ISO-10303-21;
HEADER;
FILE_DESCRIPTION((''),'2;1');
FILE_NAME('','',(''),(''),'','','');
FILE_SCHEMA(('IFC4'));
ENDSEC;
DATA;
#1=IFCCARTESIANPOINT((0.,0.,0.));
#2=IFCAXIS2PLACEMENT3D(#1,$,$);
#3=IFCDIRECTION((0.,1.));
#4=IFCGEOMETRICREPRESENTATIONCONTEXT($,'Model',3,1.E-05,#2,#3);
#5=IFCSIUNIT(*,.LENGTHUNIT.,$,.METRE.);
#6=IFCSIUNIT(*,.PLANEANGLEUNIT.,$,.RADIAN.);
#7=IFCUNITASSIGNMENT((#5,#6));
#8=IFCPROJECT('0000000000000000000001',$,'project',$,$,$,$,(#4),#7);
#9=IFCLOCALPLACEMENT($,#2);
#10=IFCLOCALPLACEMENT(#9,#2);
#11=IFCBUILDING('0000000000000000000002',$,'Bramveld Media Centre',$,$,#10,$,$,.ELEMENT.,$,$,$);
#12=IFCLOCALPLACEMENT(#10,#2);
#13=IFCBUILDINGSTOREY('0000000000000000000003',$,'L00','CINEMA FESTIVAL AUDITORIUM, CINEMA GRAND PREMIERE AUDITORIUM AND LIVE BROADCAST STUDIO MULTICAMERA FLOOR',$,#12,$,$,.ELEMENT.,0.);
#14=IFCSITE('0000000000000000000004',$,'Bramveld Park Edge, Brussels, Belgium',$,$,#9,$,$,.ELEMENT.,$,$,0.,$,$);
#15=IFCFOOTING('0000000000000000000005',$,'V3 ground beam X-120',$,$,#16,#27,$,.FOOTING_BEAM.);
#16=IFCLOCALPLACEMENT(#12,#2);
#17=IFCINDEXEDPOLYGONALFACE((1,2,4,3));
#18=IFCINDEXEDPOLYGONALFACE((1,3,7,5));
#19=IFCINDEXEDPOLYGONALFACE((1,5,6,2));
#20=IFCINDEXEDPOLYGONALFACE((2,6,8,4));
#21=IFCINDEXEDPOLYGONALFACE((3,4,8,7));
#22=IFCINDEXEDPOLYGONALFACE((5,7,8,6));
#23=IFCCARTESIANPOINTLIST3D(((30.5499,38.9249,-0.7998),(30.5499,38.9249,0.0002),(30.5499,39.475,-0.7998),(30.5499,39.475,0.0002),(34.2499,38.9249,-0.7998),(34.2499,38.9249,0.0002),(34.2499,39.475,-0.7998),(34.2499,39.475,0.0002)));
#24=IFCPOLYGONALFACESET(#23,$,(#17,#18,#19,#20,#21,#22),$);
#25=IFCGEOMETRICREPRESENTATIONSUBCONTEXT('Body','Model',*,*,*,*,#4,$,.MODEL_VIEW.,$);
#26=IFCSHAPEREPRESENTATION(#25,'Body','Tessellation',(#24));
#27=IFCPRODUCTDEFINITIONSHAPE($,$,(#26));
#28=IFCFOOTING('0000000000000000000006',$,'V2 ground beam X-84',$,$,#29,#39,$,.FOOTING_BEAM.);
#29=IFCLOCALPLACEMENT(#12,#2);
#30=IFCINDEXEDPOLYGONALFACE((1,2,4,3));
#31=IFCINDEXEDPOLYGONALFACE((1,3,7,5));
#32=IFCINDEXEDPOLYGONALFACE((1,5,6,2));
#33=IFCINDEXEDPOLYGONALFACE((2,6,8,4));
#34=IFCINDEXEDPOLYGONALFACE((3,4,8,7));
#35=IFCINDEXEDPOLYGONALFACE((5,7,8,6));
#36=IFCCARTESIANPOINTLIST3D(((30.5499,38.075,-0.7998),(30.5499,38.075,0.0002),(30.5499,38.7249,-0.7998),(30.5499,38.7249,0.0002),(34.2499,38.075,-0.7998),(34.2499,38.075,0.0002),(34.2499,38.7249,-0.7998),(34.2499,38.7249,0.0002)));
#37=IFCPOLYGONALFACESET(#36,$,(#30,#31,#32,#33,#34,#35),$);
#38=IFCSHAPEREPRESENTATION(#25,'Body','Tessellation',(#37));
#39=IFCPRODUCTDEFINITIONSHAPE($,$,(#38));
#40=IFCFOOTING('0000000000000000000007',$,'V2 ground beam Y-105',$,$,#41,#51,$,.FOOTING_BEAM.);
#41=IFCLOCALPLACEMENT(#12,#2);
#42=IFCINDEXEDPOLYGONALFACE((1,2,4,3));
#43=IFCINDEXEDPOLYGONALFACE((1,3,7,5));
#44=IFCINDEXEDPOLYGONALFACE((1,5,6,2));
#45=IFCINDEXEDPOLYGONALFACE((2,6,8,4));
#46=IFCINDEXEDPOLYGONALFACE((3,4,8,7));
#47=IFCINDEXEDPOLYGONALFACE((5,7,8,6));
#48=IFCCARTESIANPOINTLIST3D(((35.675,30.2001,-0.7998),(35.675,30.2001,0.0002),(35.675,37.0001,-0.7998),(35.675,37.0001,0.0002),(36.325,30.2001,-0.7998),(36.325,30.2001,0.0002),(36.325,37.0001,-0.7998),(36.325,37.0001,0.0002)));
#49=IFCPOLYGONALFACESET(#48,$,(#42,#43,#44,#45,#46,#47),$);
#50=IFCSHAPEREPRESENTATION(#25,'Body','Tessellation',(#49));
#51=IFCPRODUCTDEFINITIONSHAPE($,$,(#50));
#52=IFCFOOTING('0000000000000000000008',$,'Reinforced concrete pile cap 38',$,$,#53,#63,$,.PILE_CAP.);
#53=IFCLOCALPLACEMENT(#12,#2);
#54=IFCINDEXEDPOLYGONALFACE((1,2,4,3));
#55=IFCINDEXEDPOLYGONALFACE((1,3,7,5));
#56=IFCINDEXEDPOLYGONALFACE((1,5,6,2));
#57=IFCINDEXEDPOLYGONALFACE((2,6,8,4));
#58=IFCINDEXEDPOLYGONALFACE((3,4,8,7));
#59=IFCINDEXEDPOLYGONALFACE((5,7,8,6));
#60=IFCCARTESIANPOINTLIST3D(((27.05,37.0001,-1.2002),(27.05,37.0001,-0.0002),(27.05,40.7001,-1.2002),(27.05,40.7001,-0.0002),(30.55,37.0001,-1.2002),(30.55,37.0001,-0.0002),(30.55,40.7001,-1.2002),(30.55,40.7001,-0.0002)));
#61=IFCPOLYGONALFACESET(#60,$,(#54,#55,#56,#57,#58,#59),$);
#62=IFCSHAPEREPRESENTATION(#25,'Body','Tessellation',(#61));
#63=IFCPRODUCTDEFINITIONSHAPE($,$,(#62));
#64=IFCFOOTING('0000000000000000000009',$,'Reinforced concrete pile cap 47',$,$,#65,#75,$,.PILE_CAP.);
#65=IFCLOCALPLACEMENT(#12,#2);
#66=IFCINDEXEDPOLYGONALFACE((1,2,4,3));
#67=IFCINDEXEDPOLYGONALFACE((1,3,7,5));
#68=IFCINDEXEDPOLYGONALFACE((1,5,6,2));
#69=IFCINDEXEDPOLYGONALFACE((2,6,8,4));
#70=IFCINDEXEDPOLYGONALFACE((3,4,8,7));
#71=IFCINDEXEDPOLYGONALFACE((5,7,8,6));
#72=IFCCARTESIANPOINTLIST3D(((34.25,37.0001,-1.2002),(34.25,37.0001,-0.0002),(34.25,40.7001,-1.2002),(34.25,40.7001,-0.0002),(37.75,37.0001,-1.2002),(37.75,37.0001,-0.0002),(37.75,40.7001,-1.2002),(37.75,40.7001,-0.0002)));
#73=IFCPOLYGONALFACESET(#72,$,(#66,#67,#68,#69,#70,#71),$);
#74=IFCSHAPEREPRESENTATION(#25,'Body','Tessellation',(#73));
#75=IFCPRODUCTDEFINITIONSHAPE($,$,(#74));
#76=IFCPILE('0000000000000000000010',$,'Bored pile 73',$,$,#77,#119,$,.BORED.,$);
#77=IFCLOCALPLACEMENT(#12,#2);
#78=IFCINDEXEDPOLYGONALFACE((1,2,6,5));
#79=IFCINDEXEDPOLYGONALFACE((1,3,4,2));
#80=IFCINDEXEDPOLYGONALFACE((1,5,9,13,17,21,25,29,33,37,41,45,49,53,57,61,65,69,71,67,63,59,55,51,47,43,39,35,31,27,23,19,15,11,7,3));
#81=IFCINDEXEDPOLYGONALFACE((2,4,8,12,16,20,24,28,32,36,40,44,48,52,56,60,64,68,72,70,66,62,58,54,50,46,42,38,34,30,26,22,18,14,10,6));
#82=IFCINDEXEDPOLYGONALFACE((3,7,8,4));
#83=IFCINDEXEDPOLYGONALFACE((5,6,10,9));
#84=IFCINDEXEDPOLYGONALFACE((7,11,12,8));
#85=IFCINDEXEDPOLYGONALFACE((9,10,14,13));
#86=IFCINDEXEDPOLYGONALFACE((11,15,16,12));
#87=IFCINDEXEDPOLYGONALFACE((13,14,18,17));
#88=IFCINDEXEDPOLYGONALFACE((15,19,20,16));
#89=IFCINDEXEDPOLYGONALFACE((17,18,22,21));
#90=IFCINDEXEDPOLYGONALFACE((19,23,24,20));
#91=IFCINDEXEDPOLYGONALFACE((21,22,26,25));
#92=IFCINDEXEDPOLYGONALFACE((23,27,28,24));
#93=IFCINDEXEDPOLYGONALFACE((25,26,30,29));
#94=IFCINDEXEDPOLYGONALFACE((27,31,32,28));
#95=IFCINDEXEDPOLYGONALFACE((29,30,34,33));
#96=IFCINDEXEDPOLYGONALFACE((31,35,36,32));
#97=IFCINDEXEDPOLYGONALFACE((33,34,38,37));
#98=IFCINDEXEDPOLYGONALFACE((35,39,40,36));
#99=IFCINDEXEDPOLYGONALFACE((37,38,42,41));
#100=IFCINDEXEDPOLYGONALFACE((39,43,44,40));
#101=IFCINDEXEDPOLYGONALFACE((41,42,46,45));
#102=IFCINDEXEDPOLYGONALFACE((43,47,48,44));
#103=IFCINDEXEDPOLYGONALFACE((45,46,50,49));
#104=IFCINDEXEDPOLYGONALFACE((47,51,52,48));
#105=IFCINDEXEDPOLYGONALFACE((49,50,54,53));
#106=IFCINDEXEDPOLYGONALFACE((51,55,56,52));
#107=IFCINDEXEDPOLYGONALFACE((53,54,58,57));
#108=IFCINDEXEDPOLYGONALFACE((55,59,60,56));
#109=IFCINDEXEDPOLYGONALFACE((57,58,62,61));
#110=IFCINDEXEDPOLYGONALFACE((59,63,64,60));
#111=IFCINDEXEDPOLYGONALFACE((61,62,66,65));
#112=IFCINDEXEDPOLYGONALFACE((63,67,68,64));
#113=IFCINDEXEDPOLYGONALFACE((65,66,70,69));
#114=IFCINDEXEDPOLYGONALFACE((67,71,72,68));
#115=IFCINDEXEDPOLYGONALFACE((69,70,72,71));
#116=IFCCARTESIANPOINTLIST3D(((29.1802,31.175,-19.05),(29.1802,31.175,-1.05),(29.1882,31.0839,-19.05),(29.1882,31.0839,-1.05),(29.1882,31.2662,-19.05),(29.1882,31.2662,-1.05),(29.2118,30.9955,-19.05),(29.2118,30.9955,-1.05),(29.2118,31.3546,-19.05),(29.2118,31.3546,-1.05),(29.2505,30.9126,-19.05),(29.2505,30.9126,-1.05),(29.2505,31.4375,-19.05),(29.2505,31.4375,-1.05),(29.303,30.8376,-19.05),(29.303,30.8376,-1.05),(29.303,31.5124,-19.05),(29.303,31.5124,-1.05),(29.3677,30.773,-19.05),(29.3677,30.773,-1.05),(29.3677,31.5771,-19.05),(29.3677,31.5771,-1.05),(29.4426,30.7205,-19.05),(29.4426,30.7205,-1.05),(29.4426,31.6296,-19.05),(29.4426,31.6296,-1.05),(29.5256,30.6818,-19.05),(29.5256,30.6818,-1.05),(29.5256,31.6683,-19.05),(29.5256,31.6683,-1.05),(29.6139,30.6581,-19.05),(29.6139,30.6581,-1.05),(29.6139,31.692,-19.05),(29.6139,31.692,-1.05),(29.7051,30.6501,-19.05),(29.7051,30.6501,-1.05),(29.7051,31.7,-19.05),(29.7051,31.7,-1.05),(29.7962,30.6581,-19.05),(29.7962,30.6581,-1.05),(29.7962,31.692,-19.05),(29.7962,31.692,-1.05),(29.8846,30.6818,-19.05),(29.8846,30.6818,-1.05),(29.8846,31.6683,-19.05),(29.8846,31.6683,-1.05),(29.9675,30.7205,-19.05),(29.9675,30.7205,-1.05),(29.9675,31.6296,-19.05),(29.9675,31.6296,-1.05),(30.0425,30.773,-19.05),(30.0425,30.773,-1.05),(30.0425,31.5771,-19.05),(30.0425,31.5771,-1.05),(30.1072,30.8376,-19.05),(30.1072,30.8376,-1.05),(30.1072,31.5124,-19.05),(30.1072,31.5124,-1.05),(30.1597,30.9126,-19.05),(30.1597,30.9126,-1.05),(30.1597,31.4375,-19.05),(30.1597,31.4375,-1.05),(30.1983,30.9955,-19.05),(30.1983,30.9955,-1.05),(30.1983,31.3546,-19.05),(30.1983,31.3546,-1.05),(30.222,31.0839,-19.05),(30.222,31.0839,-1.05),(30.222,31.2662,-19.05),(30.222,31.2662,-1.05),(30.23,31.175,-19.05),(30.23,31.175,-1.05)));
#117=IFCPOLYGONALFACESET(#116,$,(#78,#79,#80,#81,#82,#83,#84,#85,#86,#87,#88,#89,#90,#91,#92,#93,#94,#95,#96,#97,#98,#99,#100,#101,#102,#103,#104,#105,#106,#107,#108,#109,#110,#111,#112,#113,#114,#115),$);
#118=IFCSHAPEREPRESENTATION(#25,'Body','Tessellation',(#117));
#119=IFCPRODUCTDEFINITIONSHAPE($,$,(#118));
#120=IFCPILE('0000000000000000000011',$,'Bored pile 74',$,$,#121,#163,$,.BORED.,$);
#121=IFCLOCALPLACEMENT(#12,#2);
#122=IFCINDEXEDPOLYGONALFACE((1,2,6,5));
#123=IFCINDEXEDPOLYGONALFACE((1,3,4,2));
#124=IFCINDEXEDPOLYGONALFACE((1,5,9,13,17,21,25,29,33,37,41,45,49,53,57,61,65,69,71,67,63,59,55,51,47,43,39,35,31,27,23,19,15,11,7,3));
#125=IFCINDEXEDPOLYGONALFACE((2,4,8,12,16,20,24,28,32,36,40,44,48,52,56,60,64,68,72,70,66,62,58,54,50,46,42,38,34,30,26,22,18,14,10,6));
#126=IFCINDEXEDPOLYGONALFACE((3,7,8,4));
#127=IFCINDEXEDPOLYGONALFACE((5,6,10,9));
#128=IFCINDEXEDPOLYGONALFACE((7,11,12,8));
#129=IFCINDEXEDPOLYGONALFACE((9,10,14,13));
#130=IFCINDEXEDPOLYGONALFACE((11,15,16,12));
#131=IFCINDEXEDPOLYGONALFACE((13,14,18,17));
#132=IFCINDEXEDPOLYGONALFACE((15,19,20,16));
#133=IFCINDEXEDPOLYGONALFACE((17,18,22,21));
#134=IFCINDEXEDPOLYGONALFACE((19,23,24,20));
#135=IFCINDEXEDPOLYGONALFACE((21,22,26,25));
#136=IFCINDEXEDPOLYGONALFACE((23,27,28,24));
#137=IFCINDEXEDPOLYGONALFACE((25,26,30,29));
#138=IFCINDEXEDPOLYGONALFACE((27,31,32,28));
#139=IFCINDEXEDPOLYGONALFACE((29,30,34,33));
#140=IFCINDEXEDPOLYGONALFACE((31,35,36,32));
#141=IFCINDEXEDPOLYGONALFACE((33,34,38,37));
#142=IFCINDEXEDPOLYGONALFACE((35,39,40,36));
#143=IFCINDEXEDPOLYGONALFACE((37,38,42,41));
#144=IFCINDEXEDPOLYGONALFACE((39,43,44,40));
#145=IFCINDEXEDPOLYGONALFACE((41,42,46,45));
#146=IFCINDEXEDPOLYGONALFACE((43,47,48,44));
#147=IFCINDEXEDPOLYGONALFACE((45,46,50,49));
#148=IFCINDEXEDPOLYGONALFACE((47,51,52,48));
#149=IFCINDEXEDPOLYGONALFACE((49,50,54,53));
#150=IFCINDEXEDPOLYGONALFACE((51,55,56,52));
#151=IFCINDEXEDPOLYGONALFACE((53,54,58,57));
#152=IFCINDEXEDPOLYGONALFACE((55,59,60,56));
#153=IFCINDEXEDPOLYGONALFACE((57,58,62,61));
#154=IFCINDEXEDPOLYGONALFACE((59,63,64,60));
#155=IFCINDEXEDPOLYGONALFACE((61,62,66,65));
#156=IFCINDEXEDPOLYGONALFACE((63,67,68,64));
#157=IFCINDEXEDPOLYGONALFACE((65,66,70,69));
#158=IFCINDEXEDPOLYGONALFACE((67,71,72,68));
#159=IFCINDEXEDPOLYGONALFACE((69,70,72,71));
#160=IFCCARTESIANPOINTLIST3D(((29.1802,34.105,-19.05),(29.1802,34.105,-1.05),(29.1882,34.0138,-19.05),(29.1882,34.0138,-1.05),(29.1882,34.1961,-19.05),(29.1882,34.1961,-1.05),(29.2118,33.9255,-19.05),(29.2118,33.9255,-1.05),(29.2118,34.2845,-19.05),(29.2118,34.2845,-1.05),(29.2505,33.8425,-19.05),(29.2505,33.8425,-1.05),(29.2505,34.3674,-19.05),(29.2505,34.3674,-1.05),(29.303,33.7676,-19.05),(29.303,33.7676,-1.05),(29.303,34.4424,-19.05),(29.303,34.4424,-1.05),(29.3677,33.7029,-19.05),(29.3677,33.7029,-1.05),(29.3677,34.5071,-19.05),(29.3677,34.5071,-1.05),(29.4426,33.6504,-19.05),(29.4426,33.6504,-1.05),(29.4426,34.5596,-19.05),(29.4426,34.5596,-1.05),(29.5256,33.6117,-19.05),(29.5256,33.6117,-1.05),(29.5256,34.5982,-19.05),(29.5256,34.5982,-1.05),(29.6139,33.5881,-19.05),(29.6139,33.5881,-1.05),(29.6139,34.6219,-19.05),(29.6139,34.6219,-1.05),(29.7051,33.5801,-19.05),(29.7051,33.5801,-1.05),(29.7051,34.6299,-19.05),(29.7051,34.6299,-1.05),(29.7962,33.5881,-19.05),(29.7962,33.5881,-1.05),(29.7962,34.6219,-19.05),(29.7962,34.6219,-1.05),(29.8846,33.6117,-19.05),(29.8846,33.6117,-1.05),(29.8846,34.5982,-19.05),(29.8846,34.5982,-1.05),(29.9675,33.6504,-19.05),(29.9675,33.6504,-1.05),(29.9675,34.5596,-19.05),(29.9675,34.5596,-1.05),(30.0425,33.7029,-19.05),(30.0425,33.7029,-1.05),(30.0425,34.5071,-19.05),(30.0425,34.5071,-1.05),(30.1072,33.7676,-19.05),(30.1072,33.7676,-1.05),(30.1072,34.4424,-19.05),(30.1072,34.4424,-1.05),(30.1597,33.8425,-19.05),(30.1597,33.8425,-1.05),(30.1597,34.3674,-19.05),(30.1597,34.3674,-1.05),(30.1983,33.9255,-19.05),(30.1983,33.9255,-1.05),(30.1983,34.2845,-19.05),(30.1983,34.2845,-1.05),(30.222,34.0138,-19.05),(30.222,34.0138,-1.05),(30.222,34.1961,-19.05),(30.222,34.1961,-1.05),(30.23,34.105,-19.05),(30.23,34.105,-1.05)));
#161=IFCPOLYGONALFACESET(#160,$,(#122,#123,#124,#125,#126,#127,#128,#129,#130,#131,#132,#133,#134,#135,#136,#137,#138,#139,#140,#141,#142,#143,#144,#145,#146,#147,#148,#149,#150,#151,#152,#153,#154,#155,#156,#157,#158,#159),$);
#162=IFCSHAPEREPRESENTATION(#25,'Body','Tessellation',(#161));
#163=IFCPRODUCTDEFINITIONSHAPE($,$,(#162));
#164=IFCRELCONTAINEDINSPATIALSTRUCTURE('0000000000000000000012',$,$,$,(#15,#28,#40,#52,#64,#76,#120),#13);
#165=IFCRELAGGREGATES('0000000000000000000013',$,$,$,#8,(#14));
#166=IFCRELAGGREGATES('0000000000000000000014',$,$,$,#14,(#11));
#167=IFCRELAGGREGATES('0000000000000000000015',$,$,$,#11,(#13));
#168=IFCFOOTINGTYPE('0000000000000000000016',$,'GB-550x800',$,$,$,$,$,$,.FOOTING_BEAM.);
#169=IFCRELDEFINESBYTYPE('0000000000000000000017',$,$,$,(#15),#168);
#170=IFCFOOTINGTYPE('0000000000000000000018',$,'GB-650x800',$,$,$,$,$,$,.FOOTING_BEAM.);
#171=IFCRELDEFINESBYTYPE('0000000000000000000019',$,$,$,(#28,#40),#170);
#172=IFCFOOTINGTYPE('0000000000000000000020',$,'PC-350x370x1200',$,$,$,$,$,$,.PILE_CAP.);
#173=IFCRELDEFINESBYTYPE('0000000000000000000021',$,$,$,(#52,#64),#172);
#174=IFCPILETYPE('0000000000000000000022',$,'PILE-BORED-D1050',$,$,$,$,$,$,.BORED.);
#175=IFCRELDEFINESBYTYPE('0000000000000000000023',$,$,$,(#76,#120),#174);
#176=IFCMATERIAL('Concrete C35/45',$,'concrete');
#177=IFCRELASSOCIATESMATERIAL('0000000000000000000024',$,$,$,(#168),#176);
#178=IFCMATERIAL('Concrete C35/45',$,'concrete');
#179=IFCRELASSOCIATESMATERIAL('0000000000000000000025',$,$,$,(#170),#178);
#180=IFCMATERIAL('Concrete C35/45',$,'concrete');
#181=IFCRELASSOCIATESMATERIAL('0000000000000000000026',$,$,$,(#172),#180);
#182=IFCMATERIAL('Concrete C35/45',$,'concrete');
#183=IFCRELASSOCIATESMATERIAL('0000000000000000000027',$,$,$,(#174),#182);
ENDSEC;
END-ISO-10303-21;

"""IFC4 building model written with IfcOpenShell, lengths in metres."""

from ifc_helpers import new_model, si_unit, direction, frame, origin, origin_2d, place, context, subcontext, project, spatial, rectangle, circle, extrude, material, material_profile, profile_set, type_object, element, save


model = new_model("IFC4")

# Units and contexts
model_context = context("Model", 3, precision=1e-05, world=origin(), true_north=direction((0.0, 1.0)))
body_context = subcontext(model_context, "Body", "Model", "MODEL_VIEW")
ifc_project = project(units=[si_unit("LENGTHUNIT", "METRE"), si_unit("PLANEANGLEUNIT", "RADIAN")], contexts=[model_context])

# Site, building, storey
site_placement = place(None, origin())
site = spatial("IfcSite", under=ifc_project, at=site_placement, Name="Bramveld Park Edge, Brussels, Belgium", CompositionType="ELEMENT", RefElevation=0.0)
building_placement = place(site_placement, origin())
building = spatial("IfcBuilding", under=site, at=building_placement, Name="Bramveld Media Centre", CompositionType="ELEMENT")
storey_placement = place(building_placement, origin())
storey = spatial("IfcBuildingStorey", under=building, at=storey_placement, Name="L00", Description="CINEMA FESTIVAL AUDITORIUM, CINEMA GRAND PREMIERE AUDITORIUM AND LIVE BROADCAST STUDIO MULTICAMERA FLOOR", CompositionType="ELEMENT", Elevation=0.0)

# Footings
ifc_material_1 = material(Name="Concrete C35/45", Category="concrete")
footing_type_1 = type_object("IfcFootingType", Name="GB-550x800", PredefinedType="FOOTING_BEAM", material=ifc_material_1)
footing_1_placement = place(storey_placement, frame((32.3999, 39.2, -0.7998), z_axis=(0.0, 0.0, 1.0), x_axis=(1.0, 0.0, 0.0)))
element("IfcFooting", 1, at=footing_1_placement, inside=storey, type_object=footing_type_1, Name="V3 ground beam X-120", PredefinedType="FOOTING_BEAM", context=body_context, shape_type="SweptSolid", body=[
    extrude(rectangle(XDim=3.7, YDim=0.55, at=origin_2d()), origin(), (0.0, 0.0, 1.0), 0.8),
])
ifc_material_2 = material(Name="Concrete C35/45", Category="concrete")
footing_type_2 = type_object("IfcFootingType", Name="GB-650x800", PredefinedType="FOOTING_BEAM", material=ifc_material_2)
footing_2_placement = place(storey_placement, frame((32.3999, 38.3999, -0.7998), z_axis=(0.0, 0.0, 1.0), x_axis=(1.0, 0.0, 0.0)))
element("IfcFooting", 2, at=footing_2_placement, inside=storey, type_object=footing_type_2, Name="V2 ground beam X-84", PredefinedType="FOOTING_BEAM", context=body_context, shape_type="SweptSolid", body=[
    extrude(rectangle(XDim=3.7, YDim=0.6499, at=origin_2d()), origin(), (0.0, 0.0, 1.0), 0.8),
])
footing_3_placement = place(storey_placement, frame((36.0, 33.6001, -0.7998), z_axis=(0.0, 0.0, 1.0), x_axis=(1.0, 0.0, 0.0)))
element("IfcFooting", 3, at=footing_3_placement, inside=storey, type_object=footing_type_2, Name="V2 ground beam Y-105", PredefinedType="FOOTING_BEAM", context=body_context, shape_type="SweptSolid", body=[
    extrude(rectangle(XDim=0.6499, YDim=6.8, at=origin_2d()), origin(), (0.0, 0.0, 1.0), 0.8),
])
ifc_material_3 = material(Name="Concrete C35/45", Category="concrete")
footing_type_3 = type_object("IfcFootingType", Name="PC-350x370x1200", PredefinedType="PILE_CAP", material=ifc_material_3)
for number, where, z_axis, x_axis, name in (
    (4, (28.8, 38.8501, -1.2002), (0.0, 0.0, 1.0), (1.0, 0.0, 0.0), "Reinforced concrete pile cap 38"),
    (5, (36.0, 38.8501, -1.2002), (0.0, 0.0, 1.0), (1.0, 0.0, 0.0), "Reinforced concrete pile cap 47"),
):
    element("IfcFooting", number, at=place(storey_placement, frame(where, z_axis=z_axis, x_axis=x_axis)), inside=storey, type_object=footing_type_3, Name=name, PredefinedType="PILE_CAP", context=body_context, shape_type="SweptSolid", body=[
        extrude(rectangle(XDim=3.5, YDim=3.7, at=origin_2d()), origin(), (0.0, 0.0, 1.0), 1.2),
    ])

# Piles
ifc_material_4 = material(Name="Concrete C35/45", Category="concrete")
ifc_material_profile_1 = material_profile(ifc_material_4, circle(Radius=0.5249, at=origin_2d()), Name="BORED D1050")
ifc_profile_set_1 = profile_set([ifc_material_profile_1], Name="Concrete C35/45")
pile_type_1 = type_object("IfcPileType", Name="PILE-BORED-D1050", PredefinedType="BORED", material=ifc_profile_set_1)
for number, where, z_axis, x_axis, name in (
    (6, (29.7051, 31.175, -1.05), (0.0, 0.0, -1.0), (1.0, 0.0, 0.0), "Bored pile 73"),
    (7, (29.7051, 34.105, -1.05), (0.0, 0.0, -1.0), (1.0, 0.0, 0.0), "Bored pile 74"),
):
    element("IfcPile", number, at=place(storey_placement, frame(where, z_axis=z_axis, x_axis=x_axis)), inside=storey, type_object=pile_type_1, Name=name, PredefinedType="BORED", context=body_context, shape_type="SweptSolid", body=[
        extrude(circle(Radius=0.5249, at=origin_2d()), origin(), (0.0, 0.0, 1.0), 18.0),
    ])

save(model, "model.ifc")
